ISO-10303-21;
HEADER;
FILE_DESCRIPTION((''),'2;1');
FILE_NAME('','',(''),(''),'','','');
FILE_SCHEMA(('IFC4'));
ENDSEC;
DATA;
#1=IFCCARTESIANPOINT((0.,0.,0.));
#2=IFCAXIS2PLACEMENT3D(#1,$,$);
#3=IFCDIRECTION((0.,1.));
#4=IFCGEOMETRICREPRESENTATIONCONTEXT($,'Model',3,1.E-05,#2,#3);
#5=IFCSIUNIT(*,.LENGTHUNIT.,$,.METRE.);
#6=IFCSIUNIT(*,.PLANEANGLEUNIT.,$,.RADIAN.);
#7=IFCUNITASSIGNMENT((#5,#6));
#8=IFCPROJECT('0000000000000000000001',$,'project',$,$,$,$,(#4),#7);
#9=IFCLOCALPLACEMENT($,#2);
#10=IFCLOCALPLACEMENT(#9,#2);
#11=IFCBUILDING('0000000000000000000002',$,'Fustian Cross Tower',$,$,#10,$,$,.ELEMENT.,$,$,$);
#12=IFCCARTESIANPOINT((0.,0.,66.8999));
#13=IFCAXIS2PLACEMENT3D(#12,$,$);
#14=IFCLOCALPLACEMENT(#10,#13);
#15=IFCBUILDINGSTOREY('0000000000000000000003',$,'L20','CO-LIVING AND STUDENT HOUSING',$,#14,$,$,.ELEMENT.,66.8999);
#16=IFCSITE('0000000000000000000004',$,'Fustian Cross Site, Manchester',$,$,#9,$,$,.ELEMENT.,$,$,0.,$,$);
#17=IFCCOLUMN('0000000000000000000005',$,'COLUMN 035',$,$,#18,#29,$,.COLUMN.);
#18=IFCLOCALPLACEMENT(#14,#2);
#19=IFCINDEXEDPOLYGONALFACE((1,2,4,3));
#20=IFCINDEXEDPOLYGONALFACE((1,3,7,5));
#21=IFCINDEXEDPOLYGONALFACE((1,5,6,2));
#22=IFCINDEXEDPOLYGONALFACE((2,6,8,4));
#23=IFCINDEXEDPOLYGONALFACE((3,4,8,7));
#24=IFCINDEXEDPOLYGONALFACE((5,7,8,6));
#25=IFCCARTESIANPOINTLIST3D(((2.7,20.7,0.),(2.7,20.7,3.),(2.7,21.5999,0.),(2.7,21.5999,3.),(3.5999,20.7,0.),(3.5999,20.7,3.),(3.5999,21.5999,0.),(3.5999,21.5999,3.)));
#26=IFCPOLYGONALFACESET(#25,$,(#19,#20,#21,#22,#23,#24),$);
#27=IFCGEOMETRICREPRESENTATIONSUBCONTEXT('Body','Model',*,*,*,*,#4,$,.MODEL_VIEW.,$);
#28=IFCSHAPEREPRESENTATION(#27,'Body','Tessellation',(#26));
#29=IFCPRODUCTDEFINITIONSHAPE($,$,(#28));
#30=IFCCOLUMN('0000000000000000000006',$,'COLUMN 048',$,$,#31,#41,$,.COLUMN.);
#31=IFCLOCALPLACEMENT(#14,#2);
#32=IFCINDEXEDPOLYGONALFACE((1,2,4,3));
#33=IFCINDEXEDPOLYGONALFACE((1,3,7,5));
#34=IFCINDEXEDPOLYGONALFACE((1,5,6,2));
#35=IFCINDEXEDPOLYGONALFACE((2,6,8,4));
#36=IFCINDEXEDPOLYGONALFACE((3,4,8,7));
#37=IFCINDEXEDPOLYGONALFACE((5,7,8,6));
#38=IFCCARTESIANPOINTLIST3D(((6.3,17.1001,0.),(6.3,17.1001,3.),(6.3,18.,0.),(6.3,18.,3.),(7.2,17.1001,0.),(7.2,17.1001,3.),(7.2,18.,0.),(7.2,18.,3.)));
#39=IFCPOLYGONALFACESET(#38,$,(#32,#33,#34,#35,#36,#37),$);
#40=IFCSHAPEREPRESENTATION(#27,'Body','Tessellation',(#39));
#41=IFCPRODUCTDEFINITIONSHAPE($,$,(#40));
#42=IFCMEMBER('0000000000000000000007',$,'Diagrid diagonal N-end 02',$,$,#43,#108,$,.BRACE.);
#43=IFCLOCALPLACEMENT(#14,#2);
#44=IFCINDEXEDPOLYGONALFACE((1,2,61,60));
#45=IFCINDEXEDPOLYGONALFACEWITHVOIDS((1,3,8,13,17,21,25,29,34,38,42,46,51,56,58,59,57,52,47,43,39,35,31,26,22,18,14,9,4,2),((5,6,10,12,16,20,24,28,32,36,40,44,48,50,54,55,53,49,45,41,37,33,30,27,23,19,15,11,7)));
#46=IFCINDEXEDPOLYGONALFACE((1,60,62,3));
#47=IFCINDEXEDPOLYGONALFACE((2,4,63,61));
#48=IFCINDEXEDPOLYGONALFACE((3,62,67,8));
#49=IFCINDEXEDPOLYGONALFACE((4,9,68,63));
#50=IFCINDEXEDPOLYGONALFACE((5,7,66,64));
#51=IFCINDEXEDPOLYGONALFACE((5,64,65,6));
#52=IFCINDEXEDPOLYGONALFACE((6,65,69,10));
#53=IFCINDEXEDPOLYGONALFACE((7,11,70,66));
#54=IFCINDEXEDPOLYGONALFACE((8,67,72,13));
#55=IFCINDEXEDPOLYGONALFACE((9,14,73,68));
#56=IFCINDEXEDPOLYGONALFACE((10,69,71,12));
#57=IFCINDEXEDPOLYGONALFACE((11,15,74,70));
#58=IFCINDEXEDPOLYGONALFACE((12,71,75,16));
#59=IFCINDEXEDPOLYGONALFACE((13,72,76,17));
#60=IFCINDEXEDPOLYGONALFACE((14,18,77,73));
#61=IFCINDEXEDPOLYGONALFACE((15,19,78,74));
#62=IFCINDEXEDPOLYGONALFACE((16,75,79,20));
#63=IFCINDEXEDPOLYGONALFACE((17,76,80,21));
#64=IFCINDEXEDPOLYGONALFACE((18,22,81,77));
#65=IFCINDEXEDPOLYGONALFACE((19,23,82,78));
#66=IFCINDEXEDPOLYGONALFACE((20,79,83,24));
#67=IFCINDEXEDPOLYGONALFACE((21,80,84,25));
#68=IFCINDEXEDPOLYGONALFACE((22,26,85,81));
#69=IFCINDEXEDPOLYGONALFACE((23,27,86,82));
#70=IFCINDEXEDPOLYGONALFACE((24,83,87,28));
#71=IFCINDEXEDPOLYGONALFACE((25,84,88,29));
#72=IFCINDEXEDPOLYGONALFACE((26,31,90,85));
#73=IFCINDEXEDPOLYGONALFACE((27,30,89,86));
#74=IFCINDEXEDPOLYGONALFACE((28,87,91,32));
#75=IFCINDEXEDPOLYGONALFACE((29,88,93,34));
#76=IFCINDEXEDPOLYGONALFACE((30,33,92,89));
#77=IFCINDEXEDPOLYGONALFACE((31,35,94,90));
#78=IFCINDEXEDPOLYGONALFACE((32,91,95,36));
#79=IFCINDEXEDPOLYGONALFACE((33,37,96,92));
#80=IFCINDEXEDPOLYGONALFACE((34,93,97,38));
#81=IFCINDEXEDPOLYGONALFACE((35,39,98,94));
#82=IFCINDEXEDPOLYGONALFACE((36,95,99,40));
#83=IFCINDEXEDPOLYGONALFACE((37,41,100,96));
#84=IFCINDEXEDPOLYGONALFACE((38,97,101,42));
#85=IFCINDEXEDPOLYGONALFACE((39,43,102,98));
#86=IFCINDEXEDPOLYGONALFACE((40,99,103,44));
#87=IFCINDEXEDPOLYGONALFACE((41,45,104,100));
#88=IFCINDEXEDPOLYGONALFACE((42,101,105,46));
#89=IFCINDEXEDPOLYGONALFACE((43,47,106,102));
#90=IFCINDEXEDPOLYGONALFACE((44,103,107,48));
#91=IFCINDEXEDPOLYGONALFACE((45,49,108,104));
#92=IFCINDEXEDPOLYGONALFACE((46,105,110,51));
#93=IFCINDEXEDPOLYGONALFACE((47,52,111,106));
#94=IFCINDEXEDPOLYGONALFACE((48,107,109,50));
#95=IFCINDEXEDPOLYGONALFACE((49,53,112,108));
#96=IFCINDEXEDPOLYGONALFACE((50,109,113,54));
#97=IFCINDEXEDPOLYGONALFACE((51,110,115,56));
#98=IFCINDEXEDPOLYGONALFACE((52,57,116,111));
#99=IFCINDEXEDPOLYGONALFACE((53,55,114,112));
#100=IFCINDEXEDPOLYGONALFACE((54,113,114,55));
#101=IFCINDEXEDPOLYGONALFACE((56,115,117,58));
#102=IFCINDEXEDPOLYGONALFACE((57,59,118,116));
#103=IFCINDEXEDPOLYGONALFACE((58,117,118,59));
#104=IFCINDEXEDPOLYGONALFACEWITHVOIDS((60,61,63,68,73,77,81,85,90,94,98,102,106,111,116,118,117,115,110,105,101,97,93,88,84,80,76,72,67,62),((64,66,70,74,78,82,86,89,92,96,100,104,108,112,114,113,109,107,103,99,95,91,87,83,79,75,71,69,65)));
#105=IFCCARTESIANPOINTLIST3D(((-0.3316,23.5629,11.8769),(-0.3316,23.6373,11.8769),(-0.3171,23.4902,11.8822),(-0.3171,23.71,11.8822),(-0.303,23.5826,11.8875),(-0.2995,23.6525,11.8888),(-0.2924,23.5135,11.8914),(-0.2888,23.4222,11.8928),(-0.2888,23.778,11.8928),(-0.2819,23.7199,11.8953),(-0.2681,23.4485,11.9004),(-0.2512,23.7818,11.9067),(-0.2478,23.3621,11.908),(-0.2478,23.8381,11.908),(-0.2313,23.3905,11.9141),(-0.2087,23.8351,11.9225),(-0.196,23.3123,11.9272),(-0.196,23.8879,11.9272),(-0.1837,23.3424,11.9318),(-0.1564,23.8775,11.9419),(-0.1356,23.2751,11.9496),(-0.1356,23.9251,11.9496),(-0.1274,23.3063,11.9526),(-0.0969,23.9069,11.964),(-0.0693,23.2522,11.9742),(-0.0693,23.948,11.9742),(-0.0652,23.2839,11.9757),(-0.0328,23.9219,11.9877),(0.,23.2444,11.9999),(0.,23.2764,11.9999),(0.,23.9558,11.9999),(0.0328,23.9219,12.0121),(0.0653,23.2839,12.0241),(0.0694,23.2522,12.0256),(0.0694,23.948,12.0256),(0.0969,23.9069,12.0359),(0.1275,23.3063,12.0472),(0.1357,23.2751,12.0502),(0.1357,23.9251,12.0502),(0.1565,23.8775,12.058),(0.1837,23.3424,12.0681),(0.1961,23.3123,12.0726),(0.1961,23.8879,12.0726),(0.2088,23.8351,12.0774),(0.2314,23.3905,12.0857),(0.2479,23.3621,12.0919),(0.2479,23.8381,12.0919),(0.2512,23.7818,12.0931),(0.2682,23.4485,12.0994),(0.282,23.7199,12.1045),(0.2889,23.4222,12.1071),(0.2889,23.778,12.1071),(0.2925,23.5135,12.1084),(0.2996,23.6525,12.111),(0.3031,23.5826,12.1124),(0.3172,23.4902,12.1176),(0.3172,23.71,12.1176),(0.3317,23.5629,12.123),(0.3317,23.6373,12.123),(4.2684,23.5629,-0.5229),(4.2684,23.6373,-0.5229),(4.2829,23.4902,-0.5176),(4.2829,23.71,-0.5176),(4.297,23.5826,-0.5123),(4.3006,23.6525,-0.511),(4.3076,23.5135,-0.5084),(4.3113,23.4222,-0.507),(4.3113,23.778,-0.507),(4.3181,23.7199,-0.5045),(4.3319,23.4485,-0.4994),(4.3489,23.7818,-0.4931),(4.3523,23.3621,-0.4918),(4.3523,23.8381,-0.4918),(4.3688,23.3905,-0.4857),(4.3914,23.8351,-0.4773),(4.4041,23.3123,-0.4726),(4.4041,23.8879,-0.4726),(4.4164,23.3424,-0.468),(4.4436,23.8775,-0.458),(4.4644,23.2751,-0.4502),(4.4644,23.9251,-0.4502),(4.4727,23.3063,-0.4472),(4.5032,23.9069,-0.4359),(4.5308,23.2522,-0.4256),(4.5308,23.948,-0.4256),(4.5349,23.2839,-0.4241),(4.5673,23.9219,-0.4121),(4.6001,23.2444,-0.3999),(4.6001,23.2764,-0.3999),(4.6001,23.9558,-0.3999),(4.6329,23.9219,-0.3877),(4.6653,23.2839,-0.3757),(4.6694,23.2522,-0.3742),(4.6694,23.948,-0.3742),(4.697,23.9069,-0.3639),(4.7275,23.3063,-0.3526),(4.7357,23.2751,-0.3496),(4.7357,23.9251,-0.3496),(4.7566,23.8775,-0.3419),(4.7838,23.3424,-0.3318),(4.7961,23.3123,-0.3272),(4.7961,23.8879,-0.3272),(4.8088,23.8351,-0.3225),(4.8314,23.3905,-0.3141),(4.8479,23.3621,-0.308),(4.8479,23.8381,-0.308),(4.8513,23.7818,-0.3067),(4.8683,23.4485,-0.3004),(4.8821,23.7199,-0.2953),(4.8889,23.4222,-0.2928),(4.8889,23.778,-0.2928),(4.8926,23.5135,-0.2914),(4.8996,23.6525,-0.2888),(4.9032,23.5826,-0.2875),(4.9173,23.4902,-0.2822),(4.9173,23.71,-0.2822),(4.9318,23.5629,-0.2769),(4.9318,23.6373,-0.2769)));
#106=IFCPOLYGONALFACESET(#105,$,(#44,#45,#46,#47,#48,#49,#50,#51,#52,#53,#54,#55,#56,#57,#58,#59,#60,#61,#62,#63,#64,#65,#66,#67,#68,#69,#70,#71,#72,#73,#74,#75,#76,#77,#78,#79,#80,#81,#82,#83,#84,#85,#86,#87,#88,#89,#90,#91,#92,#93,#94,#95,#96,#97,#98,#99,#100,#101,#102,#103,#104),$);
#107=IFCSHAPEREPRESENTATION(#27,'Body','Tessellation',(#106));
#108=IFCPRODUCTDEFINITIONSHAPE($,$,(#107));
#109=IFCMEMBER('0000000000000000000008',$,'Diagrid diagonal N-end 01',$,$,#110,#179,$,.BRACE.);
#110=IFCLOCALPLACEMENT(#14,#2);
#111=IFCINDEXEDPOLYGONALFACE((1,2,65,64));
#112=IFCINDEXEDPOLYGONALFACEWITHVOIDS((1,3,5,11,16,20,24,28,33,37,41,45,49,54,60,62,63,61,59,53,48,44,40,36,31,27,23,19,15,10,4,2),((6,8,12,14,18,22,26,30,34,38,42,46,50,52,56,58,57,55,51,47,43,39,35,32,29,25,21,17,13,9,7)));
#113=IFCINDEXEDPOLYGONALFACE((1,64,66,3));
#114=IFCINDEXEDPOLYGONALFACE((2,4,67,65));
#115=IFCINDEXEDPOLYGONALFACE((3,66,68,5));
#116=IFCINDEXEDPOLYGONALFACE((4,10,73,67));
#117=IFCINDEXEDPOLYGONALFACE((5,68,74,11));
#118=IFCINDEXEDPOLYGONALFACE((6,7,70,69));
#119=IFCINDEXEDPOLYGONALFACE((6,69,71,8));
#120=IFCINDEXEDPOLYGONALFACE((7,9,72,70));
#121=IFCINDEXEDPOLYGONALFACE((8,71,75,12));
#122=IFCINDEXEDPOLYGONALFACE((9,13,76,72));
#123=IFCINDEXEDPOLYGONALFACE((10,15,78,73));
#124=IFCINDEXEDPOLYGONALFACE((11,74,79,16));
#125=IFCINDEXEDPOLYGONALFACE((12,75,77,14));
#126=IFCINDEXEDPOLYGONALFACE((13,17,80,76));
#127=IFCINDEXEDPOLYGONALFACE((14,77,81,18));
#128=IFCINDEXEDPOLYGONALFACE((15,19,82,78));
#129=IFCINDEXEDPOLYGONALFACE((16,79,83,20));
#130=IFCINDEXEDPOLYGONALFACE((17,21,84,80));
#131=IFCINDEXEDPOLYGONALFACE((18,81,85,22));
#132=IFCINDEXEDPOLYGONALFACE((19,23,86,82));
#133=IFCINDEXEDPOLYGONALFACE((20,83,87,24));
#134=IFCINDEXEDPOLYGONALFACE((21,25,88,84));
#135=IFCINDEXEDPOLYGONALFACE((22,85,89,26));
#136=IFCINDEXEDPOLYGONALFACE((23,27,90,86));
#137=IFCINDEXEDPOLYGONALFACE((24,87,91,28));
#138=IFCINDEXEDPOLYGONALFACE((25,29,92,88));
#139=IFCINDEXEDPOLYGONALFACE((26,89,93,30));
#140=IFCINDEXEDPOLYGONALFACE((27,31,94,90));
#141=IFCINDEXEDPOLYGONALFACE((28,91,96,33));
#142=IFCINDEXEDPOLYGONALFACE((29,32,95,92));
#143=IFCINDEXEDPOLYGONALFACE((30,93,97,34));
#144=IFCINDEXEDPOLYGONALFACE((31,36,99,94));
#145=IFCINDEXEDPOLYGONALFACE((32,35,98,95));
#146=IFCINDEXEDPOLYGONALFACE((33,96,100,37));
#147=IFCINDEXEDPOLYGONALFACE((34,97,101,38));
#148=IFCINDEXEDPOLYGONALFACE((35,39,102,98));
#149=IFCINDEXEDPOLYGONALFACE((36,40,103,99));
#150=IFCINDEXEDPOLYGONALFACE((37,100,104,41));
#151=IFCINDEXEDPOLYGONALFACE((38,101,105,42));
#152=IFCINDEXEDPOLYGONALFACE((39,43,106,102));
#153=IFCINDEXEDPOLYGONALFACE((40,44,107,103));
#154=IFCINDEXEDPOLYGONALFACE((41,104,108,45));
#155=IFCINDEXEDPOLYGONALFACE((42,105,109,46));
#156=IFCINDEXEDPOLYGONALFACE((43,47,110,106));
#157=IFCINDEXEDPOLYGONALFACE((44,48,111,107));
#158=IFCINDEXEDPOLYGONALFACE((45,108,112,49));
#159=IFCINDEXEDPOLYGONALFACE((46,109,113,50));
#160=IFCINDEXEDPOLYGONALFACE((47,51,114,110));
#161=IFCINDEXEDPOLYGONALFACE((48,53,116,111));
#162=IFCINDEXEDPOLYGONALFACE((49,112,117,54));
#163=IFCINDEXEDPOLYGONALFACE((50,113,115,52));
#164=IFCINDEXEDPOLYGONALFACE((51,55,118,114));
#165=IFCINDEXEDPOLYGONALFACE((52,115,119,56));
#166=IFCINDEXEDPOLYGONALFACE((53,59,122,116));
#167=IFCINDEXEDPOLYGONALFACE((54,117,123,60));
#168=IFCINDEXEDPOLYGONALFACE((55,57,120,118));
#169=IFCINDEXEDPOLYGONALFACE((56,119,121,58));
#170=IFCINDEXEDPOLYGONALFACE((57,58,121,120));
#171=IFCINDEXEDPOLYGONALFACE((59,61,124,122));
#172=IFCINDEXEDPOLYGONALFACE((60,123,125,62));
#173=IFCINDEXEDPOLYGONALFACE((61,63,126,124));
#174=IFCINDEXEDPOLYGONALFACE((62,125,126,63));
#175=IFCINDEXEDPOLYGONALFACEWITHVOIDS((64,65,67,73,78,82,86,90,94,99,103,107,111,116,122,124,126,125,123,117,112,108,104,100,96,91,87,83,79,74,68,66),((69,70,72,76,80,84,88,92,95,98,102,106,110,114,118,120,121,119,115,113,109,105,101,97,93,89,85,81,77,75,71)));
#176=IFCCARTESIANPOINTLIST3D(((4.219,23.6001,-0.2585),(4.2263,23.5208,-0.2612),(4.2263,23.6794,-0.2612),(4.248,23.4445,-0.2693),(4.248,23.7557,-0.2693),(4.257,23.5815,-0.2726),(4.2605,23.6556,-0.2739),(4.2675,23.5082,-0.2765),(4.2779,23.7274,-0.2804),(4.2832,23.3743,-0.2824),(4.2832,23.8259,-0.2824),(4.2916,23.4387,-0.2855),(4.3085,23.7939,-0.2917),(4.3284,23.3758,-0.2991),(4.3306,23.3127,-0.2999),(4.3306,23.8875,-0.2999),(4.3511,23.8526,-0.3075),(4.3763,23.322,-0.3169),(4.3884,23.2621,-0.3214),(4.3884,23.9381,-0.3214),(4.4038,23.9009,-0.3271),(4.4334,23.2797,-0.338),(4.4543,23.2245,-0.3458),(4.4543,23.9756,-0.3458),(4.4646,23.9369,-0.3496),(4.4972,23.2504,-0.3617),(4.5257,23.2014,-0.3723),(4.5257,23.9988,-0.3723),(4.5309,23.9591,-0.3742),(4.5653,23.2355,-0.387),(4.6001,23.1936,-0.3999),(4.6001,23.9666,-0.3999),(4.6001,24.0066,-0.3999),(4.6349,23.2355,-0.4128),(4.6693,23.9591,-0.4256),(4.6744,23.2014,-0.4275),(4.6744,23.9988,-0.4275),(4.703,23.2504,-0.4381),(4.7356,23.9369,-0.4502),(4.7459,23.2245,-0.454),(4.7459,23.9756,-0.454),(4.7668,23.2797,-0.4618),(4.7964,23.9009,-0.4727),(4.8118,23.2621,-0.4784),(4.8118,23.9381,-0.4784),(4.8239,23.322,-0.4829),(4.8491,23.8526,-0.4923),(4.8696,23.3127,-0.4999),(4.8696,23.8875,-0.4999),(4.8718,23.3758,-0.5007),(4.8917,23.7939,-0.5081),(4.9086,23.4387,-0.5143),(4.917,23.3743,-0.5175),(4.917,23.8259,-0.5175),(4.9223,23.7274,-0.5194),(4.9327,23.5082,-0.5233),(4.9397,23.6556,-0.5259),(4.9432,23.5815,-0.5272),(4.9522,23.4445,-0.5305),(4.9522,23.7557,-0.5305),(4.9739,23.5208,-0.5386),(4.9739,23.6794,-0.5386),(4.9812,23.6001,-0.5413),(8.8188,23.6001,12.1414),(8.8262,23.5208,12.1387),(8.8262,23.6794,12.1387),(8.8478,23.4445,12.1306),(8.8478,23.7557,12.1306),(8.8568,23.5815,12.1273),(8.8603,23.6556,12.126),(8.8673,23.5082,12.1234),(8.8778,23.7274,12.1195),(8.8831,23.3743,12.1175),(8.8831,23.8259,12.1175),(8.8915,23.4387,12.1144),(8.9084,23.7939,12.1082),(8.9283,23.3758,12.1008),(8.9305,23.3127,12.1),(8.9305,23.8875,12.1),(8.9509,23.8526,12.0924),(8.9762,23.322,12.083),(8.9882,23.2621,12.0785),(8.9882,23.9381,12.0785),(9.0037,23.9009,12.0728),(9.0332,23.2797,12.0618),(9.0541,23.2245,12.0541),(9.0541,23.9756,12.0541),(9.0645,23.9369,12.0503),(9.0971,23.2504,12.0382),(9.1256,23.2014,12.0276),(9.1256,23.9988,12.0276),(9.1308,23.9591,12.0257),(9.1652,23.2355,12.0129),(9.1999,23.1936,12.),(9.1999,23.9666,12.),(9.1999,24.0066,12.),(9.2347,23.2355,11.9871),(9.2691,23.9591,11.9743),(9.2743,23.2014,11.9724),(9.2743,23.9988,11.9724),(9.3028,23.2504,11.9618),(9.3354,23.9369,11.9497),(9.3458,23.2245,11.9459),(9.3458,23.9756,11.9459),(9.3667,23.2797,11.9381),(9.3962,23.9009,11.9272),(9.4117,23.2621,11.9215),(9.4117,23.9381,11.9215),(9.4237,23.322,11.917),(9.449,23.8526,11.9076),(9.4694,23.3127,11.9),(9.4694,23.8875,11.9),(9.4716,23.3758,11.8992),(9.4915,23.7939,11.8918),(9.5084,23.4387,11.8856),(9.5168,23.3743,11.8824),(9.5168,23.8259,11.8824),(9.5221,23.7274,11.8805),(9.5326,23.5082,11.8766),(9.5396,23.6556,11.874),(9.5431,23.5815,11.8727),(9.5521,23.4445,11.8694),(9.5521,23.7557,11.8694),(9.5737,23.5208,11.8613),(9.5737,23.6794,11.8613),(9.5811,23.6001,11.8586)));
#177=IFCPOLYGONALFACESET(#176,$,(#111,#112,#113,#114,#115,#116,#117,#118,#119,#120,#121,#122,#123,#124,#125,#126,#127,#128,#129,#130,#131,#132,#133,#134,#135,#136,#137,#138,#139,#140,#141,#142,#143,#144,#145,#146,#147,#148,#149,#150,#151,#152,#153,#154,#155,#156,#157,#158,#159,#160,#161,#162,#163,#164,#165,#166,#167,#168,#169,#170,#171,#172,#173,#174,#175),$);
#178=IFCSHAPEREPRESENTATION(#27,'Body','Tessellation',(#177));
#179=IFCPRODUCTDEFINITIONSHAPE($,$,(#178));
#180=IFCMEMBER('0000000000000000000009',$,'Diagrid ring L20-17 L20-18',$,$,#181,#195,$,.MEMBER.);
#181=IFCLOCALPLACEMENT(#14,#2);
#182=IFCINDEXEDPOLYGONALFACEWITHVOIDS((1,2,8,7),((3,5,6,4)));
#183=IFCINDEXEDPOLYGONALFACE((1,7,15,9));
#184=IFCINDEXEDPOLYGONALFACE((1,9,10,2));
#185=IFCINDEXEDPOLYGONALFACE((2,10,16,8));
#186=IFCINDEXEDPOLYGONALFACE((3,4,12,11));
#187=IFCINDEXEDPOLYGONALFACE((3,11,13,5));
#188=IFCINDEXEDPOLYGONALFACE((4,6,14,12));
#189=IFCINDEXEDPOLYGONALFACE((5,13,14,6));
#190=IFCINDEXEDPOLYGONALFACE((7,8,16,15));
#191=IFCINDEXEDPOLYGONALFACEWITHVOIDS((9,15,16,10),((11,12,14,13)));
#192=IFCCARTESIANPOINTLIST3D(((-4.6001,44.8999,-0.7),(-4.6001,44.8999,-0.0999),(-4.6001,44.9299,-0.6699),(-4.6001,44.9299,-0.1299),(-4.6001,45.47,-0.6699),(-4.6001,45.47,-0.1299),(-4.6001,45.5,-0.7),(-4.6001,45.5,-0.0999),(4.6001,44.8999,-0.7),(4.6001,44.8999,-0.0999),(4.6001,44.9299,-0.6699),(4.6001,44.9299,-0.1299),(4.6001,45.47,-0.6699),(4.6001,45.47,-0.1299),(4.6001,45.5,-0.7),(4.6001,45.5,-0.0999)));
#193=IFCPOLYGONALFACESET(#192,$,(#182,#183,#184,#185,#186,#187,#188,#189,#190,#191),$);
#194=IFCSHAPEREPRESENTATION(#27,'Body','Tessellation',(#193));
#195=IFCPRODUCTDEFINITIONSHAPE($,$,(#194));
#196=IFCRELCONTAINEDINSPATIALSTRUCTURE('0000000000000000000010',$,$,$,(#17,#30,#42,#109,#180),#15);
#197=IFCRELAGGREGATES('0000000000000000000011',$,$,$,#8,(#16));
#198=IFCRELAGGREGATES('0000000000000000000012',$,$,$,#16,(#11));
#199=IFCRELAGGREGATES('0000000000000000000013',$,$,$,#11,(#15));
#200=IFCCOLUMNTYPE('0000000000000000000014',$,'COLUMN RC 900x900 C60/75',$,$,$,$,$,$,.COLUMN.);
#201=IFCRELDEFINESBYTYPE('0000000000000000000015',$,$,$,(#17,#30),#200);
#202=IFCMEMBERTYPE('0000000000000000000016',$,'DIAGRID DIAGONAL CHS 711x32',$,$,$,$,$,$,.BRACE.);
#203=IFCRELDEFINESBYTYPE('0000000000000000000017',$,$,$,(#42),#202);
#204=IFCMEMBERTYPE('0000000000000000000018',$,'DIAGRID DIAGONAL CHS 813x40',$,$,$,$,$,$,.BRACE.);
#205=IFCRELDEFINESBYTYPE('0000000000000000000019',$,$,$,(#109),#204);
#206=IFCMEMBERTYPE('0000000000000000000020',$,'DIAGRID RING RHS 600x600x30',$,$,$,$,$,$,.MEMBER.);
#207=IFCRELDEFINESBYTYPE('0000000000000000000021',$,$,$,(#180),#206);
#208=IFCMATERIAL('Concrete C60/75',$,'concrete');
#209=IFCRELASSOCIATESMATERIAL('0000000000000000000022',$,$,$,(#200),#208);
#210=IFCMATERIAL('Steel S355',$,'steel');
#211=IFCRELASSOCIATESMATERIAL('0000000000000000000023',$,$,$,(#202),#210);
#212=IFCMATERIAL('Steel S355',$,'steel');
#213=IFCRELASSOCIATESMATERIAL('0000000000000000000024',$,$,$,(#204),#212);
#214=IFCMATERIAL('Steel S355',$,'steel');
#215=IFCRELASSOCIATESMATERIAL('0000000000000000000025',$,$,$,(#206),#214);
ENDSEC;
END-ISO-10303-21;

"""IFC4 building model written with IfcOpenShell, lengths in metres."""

from ifc_helpers import new_model, si_unit, direction, frame, origin, origin_2d, place, context, subcontext, project, spatial, rectangle, hollow_rectangle, hollow_circle, extrude, material, material_profile, profile_set, type_object, element, save


model = new_model("IFC4")

# Units and contexts
model_context = context("Model", 3, precision=1e-05, world=origin(), true_north=direction((0.0, 1.0)))
body_context = subcontext(model_context, "Body", "Model", "MODEL_VIEW")
ifc_project = project(units=[si_unit("LENGTHUNIT", "METRE"), si_unit("PLANEANGLEUNIT", "RADIAN")], contexts=[model_context])

# Site, building, storey
site_placement = place(None, origin())
site = spatial("IfcSite", under=ifc_project, at=site_placement, Name="Fustian Cross Site, Manchester", CompositionType="ELEMENT", RefElevation=0.0)
building_placement = place(site_placement, origin())
building = spatial("IfcBuilding", under=site, at=building_placement, Name="Fustian Cross Tower", CompositionType="ELEMENT")
storey_placement = place(building_placement, frame((0.0, 0.0, 66.8999)))
storey = spatial("IfcBuildingStorey", under=building, at=storey_placement, Name="L20", Description="CO-LIVING AND STUDENT HOUSING", CompositionType="ELEMENT", Elevation=66.8999)

# Columns
ifc_material_1 = material(Name="Concrete C60/75", Category="concrete")
ifc_material_profile_1 = material_profile(ifc_material_1, rectangle(XDim=0.8999, YDim=0.8999, at=origin_2d()), Name="RC 900x900")
ifc_profile_set_1 = profile_set([ifc_material_profile_1], Name="Concrete C60/75")
column_type = type_object("IfcColumnType", Name="COLUMN RC 900x900 C60/75", PredefinedType="COLUMN", material=ifc_profile_set_1)
for number, where, z_axis, x_axis, name in (
    (1, (3.1499, 21.1499, 0.0), (0.0, 0.0, 1.0), (1.0, 0.0, 0.0), "COLUMN 035"),
    (2, (6.75, 17.55, 0.0), (0.0, 0.0, 1.0), (1.0, 0.0, 0.0), "COLUMN 048"),
):
    element("IfcColumn", number, at=place(storey_placement, frame(where, z_axis=z_axis, x_axis=x_axis)), inside=storey, type_object=column_type, Name=name, PredefinedType="COLUMN", context=body_context, shape_type="SweptSolid", body=[
        extrude(rectangle(XDim=0.8999, YDim=0.8999, at=origin_2d()), origin(), (0.0, 0.0, 1.0), 3.0),
    ])

# Members
ifc_material_2 = material(Name="Steel S355", Category="steel")
ifc_material_profile_2 = material_profile(ifc_material_2, hollow_circle(Radius=0.3557, WallThickness=0.032, at=origin_2d()), Name="CHS 711x32")
ifc_profile_set_2 = profile_set([ifc_material_profile_2], Name="Steel S355")
member_type_1 = type_object("IfcMemberType", Name="DIAGRID DIAGONAL CHS 711x32", PredefinedType="BRACE", material=ifc_profile_set_2)
member_1_placement = place(storey_placement, frame((4.6001, 23.6001, -0.3999), z_axis=(-0.347816, 0.0, 0.937563), x_axis=(0.0, -1.0, 0.0)))
element("IfcMember", 3, at=member_1_placement, inside=storey, type_object=member_type_1, Name="Diagrid diagonal N-end 02", PredefinedType="BRACE", context=body_context, shape_type="SweptSolid", body=[
    extrude(hollow_circle(Radius=0.3557, WallThickness=0.032, at=origin_2d()), origin(), (0.0, 0.0, 1.0), 13.2256),
])
ifc_material_3 = material(Name="Steel S355", Category="steel")
ifc_material_profile_3 = material_profile(ifc_material_3, hollow_circle(Radius=0.4065, WallThickness=0.04, at=origin_2d()), Name="CHS 813x40")
ifc_profile_set_3 = profile_set([ifc_material_profile_3], Name="Steel S355")
member_type_2 = type_object("IfcMemberType", Name="DIAGRID DIAGONAL CHS 813x40", PredefinedType="BRACE", material=ifc_profile_set_3)
member_2_placement = place(storey_placement, frame((4.6001, 23.6001, -0.3999), z_axis=(0.347799, 0.0, 0.937569), x_axis=(0.0, 1.0, 0.0)))
element("IfcMember", 4, at=member_2_placement, inside=storey, type_object=member_type_2, Name="Diagrid diagonal N-end 01", PredefinedType="BRACE", context=body_context, shape_type="SweptSolid", body=[
    extrude(hollow_circle(Radius=0.4065, WallThickness=0.04, at=origin_2d()), origin(), (0.0, 0.0, 1.0), 13.2256),
])
ifc_material_4 = material(Name="Steel S355", Category="steel")
ifc_material_profile_4 = material_profile(ifc_material_4, hollow_rectangle(XDim=0.6001, YDim=0.6001, WallThickness=0.03, at=origin_2d()), Name="RHS 600x600x30")
ifc_profile_set_4 = profile_set([ifc_material_profile_4], Name="Steel S355")
member_type_3 = type_object("IfcMemberType", Name="DIAGRID RING RHS 600x600x30", PredefinedType="MEMBER", material=ifc_profile_set_4)
member_3_placement = place(storey_placement, frame((4.6001, 45.2, -0.3999), z_axis=(-1.0, 0.0, 0.0), x_axis=(0.0, -1.0, 0.0)))
element("IfcMember", 5, at=member_3_placement, inside=storey, type_object=member_type_3, Name="Diagrid ring L20-17 L20-18", PredefinedType="MEMBER", context=body_context, shape_type="SweptSolid", body=[
    extrude(hollow_rectangle(XDim=0.6001, YDim=0.6001, WallThickness=0.03, at=origin_2d()), origin(), (0.0, 0.0, 1.0), 9.2002),
])

save(model, "model.ifc")
